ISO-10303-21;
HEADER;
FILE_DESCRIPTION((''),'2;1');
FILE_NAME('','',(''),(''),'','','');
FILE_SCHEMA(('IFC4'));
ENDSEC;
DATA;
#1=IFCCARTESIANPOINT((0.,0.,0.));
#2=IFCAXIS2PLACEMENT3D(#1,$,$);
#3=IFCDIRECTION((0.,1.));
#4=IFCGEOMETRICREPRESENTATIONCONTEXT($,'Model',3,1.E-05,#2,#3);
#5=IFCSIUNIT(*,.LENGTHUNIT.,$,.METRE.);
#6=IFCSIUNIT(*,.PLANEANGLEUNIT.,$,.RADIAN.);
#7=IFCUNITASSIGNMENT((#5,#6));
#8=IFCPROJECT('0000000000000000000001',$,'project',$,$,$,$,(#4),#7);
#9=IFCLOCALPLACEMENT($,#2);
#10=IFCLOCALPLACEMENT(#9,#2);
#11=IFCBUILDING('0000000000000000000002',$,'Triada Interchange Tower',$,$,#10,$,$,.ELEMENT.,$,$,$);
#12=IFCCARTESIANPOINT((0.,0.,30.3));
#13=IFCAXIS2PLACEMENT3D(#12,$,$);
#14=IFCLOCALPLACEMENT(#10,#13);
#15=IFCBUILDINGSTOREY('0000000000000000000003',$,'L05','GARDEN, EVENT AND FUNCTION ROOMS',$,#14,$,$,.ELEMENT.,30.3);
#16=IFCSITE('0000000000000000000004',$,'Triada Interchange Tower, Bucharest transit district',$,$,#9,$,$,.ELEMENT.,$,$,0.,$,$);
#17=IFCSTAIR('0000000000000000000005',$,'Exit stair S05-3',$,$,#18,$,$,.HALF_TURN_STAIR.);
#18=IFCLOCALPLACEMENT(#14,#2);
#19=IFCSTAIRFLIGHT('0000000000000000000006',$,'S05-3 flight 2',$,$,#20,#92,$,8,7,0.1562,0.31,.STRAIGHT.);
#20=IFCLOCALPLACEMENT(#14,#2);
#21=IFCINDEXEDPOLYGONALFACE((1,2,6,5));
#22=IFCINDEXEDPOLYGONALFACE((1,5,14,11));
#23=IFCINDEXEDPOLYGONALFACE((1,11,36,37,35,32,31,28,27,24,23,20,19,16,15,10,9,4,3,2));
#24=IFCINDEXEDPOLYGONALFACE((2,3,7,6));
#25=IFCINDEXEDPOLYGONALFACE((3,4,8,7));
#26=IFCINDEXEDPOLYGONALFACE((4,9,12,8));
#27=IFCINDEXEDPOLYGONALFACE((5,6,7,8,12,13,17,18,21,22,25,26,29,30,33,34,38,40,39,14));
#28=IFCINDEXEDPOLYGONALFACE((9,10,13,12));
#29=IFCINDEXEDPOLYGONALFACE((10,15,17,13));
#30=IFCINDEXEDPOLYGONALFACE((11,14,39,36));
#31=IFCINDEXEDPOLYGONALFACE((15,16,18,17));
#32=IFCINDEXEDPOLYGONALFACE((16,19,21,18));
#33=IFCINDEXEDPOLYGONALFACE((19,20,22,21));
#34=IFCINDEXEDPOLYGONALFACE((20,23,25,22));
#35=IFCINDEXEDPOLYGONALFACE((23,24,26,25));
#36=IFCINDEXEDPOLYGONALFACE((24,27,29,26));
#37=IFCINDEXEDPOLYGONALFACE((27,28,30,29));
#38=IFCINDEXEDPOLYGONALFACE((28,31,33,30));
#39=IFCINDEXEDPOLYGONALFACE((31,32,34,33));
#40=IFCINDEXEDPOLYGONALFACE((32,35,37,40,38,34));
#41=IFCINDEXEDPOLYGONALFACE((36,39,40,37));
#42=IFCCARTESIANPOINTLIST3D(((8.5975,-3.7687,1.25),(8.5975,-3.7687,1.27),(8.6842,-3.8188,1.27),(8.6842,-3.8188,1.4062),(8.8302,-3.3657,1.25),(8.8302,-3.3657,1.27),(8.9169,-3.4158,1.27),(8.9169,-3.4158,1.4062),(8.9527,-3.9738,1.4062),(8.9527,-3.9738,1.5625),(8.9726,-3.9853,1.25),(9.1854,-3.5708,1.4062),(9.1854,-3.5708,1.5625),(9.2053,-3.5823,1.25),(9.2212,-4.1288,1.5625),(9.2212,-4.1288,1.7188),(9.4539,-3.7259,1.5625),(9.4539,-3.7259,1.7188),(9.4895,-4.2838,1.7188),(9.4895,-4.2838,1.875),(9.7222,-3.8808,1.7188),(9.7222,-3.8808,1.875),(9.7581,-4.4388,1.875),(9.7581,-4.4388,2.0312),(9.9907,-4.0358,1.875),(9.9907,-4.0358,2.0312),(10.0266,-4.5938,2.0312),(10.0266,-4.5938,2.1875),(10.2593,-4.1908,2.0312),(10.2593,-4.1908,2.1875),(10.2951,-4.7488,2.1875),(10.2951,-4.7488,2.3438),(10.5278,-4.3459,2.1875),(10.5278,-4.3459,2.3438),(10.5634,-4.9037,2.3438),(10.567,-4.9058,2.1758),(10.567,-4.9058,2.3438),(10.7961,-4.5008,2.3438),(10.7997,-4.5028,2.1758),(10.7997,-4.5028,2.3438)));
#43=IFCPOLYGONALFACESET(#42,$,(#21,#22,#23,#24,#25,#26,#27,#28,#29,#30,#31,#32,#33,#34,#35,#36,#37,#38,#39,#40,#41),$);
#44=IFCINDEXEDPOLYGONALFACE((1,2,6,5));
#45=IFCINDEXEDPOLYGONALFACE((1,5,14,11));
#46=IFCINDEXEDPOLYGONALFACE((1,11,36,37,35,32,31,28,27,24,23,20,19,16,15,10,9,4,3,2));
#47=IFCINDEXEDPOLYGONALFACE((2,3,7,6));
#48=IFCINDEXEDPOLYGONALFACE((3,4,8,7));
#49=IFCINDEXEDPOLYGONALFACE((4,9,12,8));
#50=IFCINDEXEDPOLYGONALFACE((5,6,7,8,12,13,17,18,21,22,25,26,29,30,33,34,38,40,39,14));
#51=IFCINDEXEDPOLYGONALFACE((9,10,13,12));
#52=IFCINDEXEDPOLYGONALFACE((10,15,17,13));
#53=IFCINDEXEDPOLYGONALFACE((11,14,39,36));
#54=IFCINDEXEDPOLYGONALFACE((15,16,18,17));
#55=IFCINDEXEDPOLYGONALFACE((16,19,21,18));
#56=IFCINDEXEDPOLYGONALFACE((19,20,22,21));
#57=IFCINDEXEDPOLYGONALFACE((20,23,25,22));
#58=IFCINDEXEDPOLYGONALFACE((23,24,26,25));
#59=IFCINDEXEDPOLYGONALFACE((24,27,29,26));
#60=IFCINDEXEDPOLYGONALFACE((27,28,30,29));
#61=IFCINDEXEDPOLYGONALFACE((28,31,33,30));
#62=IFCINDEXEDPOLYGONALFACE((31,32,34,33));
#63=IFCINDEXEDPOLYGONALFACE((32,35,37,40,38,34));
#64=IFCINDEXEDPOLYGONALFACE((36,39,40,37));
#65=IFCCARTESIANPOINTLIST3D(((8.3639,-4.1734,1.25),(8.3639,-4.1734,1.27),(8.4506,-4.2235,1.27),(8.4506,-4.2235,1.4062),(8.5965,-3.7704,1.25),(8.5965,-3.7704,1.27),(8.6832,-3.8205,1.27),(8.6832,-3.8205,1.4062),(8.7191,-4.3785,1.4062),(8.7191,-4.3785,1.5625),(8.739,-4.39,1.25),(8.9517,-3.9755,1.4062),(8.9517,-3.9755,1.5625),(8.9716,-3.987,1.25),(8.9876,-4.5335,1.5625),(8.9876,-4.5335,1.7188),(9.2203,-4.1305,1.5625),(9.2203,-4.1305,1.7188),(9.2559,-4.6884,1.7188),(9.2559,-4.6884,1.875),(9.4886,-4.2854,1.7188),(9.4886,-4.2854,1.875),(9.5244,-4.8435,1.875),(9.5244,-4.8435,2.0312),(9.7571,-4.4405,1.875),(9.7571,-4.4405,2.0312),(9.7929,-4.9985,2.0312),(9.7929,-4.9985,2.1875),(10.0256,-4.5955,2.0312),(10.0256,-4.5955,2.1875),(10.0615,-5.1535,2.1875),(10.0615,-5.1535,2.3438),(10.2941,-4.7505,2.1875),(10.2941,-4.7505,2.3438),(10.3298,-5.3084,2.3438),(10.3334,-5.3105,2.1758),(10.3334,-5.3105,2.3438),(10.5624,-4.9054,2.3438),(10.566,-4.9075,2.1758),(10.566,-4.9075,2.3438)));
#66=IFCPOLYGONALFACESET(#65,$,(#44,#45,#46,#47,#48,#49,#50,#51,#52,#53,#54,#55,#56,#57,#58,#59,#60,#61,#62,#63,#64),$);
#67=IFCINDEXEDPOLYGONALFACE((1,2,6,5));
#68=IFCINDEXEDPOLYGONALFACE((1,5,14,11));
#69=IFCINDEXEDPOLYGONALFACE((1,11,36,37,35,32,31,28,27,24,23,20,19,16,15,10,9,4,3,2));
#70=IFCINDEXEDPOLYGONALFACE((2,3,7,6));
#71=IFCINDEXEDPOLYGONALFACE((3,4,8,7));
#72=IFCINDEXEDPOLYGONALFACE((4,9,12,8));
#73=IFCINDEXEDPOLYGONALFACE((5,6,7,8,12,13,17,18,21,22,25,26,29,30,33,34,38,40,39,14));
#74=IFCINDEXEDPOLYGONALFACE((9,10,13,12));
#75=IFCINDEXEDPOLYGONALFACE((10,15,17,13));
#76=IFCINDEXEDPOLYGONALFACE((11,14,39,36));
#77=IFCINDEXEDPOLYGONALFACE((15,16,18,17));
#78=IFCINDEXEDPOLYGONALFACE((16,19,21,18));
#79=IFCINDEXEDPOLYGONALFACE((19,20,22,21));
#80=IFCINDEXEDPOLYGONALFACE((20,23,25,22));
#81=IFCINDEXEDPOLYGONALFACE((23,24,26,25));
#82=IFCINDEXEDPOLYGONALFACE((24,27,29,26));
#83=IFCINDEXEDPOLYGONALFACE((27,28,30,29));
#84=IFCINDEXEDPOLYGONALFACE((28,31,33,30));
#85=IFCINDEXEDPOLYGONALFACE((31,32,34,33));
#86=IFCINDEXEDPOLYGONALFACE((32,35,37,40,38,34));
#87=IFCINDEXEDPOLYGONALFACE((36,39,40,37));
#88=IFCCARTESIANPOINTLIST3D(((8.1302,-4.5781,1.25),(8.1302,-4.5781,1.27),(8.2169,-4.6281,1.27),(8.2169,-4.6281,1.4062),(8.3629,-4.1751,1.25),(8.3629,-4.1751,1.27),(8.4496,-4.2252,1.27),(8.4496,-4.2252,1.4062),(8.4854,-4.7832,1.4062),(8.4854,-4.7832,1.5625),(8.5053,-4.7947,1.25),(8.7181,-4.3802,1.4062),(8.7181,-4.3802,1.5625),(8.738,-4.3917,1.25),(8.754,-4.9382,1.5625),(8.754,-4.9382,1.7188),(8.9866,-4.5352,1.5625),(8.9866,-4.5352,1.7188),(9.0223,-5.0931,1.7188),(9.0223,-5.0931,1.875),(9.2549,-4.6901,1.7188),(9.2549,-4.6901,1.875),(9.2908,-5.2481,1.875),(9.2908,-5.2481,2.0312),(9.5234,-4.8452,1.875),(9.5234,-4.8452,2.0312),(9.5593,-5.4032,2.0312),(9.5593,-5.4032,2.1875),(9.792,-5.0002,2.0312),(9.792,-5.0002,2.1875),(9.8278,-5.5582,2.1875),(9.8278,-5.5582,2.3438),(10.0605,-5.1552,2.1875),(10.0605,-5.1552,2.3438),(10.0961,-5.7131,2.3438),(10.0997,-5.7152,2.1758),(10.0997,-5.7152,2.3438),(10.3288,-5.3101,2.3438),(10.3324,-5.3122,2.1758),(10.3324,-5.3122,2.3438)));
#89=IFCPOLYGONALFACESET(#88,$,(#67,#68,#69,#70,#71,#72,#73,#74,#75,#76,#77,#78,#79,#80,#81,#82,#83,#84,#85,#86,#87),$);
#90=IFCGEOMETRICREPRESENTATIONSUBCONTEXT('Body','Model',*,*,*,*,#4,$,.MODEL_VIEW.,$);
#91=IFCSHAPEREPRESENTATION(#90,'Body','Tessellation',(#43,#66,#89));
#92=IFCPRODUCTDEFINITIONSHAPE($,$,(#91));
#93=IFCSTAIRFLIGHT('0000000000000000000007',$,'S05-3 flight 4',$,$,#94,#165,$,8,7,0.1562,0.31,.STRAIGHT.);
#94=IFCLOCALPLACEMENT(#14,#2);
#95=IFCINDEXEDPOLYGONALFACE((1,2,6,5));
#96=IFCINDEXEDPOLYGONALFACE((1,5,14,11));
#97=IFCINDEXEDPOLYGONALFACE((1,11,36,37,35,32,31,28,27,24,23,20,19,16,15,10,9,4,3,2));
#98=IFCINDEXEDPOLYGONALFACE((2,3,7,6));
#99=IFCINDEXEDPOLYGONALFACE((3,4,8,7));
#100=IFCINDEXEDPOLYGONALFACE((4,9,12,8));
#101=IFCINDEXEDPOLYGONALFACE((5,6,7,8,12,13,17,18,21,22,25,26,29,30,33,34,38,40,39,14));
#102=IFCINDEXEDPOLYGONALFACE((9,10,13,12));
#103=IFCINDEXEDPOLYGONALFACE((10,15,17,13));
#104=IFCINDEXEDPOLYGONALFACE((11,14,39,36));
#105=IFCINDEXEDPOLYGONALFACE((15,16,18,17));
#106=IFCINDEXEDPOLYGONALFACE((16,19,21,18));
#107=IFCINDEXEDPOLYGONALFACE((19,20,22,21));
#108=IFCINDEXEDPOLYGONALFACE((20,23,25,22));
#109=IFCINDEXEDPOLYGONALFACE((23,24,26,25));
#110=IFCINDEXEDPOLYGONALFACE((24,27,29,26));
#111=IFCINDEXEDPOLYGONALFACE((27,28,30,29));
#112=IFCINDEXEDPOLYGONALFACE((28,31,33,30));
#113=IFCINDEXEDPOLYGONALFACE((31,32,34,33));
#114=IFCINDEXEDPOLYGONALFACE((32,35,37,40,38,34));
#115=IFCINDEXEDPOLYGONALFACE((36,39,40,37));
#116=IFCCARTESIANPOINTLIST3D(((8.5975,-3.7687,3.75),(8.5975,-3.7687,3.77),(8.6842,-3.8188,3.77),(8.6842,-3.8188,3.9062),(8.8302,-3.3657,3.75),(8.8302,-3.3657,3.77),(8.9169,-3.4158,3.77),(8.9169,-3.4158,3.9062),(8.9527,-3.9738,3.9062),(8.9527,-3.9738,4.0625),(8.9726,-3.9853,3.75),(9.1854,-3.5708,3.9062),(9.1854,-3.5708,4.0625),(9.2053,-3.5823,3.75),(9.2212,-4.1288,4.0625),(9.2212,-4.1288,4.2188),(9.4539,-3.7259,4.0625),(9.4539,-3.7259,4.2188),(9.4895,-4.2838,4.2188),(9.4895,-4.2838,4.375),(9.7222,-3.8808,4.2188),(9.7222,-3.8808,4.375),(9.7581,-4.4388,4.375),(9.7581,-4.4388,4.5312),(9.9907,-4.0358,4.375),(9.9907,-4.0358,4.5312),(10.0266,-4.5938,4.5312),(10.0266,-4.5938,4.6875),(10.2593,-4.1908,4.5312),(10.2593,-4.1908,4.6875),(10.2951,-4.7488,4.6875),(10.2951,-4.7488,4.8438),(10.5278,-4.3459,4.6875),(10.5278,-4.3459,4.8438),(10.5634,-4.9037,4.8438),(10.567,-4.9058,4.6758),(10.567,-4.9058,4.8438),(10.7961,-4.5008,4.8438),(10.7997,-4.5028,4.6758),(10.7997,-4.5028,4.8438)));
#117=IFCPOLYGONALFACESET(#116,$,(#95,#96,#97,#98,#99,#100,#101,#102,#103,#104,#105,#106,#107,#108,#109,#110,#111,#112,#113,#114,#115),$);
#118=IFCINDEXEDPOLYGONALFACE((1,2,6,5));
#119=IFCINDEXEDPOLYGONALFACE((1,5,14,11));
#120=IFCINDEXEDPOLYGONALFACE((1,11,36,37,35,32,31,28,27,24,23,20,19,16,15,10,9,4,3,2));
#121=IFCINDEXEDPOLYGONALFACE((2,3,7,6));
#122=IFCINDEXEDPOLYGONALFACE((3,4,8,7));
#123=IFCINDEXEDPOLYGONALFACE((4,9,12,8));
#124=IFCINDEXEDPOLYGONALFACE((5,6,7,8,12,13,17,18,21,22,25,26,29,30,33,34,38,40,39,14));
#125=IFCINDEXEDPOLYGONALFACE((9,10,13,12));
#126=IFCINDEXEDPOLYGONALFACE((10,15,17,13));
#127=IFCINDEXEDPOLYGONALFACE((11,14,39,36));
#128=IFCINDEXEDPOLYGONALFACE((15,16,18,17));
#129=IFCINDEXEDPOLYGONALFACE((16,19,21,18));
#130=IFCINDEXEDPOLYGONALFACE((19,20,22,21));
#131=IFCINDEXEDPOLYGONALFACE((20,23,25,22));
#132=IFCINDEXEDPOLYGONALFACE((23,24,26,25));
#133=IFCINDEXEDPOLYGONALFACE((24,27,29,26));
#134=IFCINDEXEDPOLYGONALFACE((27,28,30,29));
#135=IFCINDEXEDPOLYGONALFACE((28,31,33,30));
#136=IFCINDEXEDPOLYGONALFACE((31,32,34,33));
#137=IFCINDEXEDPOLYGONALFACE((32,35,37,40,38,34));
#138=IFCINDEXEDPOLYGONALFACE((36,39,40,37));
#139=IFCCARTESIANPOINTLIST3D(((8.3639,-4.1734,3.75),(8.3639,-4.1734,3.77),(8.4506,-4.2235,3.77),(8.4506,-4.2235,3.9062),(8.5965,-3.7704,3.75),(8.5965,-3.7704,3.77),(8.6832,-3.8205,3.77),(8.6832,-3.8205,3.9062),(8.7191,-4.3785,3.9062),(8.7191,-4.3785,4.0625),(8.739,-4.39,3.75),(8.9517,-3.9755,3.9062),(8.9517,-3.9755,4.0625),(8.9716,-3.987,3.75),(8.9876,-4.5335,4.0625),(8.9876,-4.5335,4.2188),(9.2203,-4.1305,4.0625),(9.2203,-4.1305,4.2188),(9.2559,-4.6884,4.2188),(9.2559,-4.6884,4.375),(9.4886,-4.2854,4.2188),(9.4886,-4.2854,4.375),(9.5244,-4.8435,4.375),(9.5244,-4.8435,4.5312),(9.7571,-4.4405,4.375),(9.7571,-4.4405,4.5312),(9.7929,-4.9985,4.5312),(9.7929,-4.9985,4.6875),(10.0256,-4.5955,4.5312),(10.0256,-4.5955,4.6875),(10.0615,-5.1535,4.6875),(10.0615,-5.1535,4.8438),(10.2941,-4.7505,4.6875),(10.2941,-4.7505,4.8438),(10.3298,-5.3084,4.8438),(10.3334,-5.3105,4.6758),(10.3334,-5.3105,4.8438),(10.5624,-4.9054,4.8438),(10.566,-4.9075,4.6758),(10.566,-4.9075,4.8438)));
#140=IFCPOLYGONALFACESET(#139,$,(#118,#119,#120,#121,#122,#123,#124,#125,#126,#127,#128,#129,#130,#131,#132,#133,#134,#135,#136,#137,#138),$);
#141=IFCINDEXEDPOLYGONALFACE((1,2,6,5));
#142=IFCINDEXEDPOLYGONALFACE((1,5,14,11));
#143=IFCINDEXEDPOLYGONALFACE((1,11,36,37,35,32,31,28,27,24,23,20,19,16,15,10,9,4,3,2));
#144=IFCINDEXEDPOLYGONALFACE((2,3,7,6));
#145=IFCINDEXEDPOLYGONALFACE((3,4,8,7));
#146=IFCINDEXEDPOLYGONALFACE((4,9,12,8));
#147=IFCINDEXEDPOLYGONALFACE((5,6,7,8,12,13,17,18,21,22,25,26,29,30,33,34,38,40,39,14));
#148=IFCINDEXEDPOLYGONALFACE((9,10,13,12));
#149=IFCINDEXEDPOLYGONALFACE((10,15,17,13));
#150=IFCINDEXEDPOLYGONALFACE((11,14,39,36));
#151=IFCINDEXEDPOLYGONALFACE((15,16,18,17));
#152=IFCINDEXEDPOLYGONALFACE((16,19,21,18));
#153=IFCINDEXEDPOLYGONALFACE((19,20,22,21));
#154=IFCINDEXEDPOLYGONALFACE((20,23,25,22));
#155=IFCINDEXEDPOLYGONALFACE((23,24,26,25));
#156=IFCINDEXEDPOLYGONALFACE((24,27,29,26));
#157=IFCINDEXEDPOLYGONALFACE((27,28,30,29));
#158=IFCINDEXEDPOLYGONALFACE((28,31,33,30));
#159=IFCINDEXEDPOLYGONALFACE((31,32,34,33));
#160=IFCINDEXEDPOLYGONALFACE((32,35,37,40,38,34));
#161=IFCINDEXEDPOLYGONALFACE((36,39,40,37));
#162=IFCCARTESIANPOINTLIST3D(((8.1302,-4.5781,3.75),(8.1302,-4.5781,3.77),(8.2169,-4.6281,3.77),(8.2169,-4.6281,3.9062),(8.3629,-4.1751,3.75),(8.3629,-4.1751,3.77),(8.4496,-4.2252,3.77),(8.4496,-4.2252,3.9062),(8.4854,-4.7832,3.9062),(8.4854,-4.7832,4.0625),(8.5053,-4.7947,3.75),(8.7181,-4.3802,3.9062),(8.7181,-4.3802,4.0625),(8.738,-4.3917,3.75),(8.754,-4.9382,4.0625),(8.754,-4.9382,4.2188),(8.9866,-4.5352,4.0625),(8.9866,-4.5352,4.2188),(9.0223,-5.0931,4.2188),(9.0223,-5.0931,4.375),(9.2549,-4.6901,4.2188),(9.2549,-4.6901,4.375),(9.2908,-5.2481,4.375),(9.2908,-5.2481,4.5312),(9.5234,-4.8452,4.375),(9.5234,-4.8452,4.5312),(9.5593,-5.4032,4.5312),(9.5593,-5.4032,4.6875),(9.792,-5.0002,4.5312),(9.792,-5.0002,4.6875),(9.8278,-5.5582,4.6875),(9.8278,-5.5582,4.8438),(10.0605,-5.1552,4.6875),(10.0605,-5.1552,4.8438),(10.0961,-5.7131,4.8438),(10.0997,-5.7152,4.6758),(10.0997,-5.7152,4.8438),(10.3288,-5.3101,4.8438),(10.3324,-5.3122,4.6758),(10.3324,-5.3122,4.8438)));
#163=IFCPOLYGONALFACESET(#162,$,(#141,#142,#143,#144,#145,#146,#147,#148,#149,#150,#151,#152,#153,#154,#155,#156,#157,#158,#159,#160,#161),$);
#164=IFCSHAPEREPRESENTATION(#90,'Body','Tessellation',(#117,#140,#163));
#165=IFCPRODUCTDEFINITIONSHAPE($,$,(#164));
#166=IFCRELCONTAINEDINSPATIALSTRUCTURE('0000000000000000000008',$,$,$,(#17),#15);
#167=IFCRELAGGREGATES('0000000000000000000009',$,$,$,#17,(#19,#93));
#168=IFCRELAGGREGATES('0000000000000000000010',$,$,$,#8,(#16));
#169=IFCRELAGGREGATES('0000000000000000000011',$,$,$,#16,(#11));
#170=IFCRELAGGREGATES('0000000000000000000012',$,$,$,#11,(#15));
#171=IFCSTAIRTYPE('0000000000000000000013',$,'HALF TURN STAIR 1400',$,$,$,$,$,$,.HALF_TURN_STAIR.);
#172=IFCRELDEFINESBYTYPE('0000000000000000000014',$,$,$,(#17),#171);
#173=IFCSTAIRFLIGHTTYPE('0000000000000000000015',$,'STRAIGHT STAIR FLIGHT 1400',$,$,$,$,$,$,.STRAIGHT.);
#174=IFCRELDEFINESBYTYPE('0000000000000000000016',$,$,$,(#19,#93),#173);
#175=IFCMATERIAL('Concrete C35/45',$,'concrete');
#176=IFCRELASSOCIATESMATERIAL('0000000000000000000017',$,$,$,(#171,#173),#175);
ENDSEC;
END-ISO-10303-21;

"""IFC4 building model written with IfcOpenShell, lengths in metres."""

from ifc_helpers import new_model, si_unit, direction, frame, origin, place, context, subcontext, project, spatial, polyline, outline, extrude, material, type_object, element, aggregate, save


model = new_model("IFC4")

# Units and contexts
model_context = context("Model", 3, precision=1e-05, world=origin(), true_north=direction((0.0, 1.0)))
body_context = subcontext(model_context, "Body", "Model", "MODEL_VIEW")
ifc_project = project(units=[si_unit("LENGTHUNIT", "METRE"), si_unit("PLANEANGLEUNIT", "RADIAN")], contexts=[model_context])

# Site, building, storey
site_placement = place(None, origin())
site = spatial("IfcSite", under=ifc_project, at=site_placement, Name="Triada Interchange Tower, Bucharest transit district", CompositionType="ELEMENT", RefElevation=0.0)
building_placement = place(site_placement, origin())
building = spatial("IfcBuilding", under=site, at=building_placement, Name="Triada Interchange Tower", CompositionType="ELEMENT")
storey_placement = place(building_placement, frame((0.0, 0.0, 30.3)))
storey = spatial("IfcBuildingStorey", under=building, at=storey_placement, Name="L05", Description="GARDEN, EVENT AND FUNCTION ROOMS", CompositionType="ELEMENT", Elevation=30.3)

# Stair, stair flights
ifc_material_1 = material(Name="Concrete C35/45", Category="concrete")
stair_type = type_object("IfcStairType", Name="HALF TURN STAIR 1400", PredefinedType="HALF_TURN_STAIR", material=ifc_material_1)
stair_placement = place(storey_placement, origin())
stair = element("IfcStair", 1, at=stair_placement, inside=storey, type_object=stair_type, Name="Exit stair S05-3", PredefinedType="HALF_TURN_STAIR")
stair_flight_type = type_object("IfcStairFlightType", Name="STRAIGHT STAIR FLIGHT 1400", PredefinedType="STRAIGHT", material=ifc_material_1)
stair_flight_1_placement = place(storey_placement, frame((8.5669, -4.022, 1.25), z_axis=(0.0, 0.0, 1.0), x_axis=(0.866025, -0.5, 0.0)))
stair_flight_1 = element("IfcStairFlight", 2, at=stair_flight_1_placement, type_object=stair_flight_type, Name="S05-3 flight 2", NumberOfRisers=8, NumberOfTreads=7, PredefinedType="STRAIGHT", RiserHeight=0.1562, TreadLength=0.31, context=body_context, shape_type="SweptSolid", body=[
    extrude(outline(polyline([(-0.1001, 0.0), (-0.1001, 0.02), (0.0, 0.02), (0.0, 0.1562), (0.3101, 0.1562), (0.3101, 0.3125), (0.6201, 0.3125), (0.6201, 0.4688), (0.9299, 0.4688), (0.9299, 0.625), (1.24, 0.625), (1.24, 0.7812), (1.55, 0.7812), (1.55, 0.9375), (1.8601, 0.9375), (1.8601, 1.0938), (2.1699, 1.0938), (2.1741, 1.0938), (2.1741, 1.25), (2.1741, 0.9258), (0.333, 0.0), (-0.1001, 0.0)])), frame((0.0, 0.7, 0.0), z_axis=(0.0, -1.0, 0.0), x_axis=(1.0, 0.0, 0.0)), (0.0, 0.0, 1.0), 0.4653),
    extrude(outline(polyline([(-0.1001, 0.0), (-0.1001, 0.02), (0.0, 0.02), (0.0, 0.1562), (0.3101, 0.1562), (0.3101, 0.3125), (0.6201, 0.3125), (0.6201, 0.4688), (0.9299, 0.4688), (0.9299, 0.625), (1.24, 0.625), (1.24, 0.7812), (1.55, 0.7812), (1.55, 0.9375), (1.8601, 0.9375), (1.8601, 1.0938), (2.1699, 1.0938), (2.1741, 1.0938), (2.1741, 1.25), (2.1741, 0.9258), (0.333, 0.0), (-0.1001, 0.0)])), frame((0.0, 0.2327, 0.0), z_axis=(0.0, -1.0, 0.0), x_axis=(1.0, 0.0, 0.0)), (0.0, 0.0, 1.0), 0.4653),
    extrude(outline(polyline([(-0.1001, 0.0), (-0.1001, 0.02), (0.0, 0.02), (0.0, 0.1562), (0.3101, 0.1562), (0.3101, 0.3125), (0.6201, 0.3125), (0.6201, 0.4688), (0.9299, 0.4688), (0.9299, 0.625), (1.24, 0.625), (1.24, 0.7812), (1.55, 0.7812), (1.55, 0.9375), (1.8601, 0.9375), (1.8601, 1.0938), (2.1699, 1.0938), (2.1741, 1.0938), (2.1741, 1.25), (2.1741, 0.9258), (0.333, 0.0), (-0.1001, 0.0)])), frame((0.0, -0.2346, 0.0), z_axis=(0.0, -1.0, 0.0), x_axis=(1.0, 0.0, 0.0)), (0.0, 0.0, 1.0), 0.4653),
])
stair_flight_2_placement = place(storey_placement, frame((8.5669, -4.022, 3.75), z_axis=(0.0, 0.0, 1.0), x_axis=(0.866025, -0.5, 0.0)))
stair_flight_2 = element("IfcStairFlight", 3, at=stair_flight_2_placement, type_object=stair_flight_type, Name="S05-3 flight 4", NumberOfRisers=8, NumberOfTreads=7, PredefinedType="STRAIGHT", RiserHeight=0.1562, TreadLength=0.31, context=body_context, shape_type="SweptSolid", body=[
    extrude(outline(polyline([(-0.1001, 0.0), (-0.1001, 0.02), (0.0, 0.02), (0.0, 0.1562), (0.3101, 0.1562), (0.3101, 0.3125), (0.6201, 0.3125), (0.6201, 0.4688), (0.9299, 0.4688), (0.9299, 0.625), (1.24, 0.625), (1.24, 0.7812), (1.55, 0.7812), (1.55, 0.9375), (1.8601, 0.9375), (1.8601, 1.0938), (2.1699, 1.0938), (2.1741, 1.0938), (2.1741, 1.25), (2.1741, 0.9258), (0.333, 0.0), (-0.1001, 0.0)])), frame((0.0, 0.7, 0.0), z_axis=(0.0, -1.0, 0.0), x_axis=(1.0, 0.0, 0.0)), (0.0, 0.0, 1.0), 0.4653),
    extrude(outline(polyline([(-0.1001, 0.0), (-0.1001, 0.02), (0.0, 0.02), (0.0, 0.1562), (0.3101, 0.1562), (0.3101, 0.3125), (0.6201, 0.3125), (0.6201, 0.4688), (0.9299, 0.4688), (0.9299, 0.625), (1.24, 0.625), (1.24, 0.7812), (1.55, 0.7812), (1.55, 0.9375), (1.8601, 0.9375), (1.8601, 1.0938), (2.1699, 1.0938), (2.1741, 1.0938), (2.1741, 1.25), (2.1741, 0.9258), (0.333, 0.0), (-0.1001, 0.0)])), frame((0.0, 0.2327, 0.0), z_axis=(0.0, -1.0, 0.0), x_axis=(1.0, 0.0, 0.0)), (0.0, 0.0, 1.0), 0.4653),
    extrude(outline(polyline([(-0.1001, 0.0), (-0.1001, 0.02), (0.0, 0.02), (0.0, 0.1562), (0.3101, 0.1562), (0.3101, 0.3125), (0.6201, 0.3125), (0.6201, 0.4688), (0.9299, 0.4688), (0.9299, 0.625), (1.24, 0.625), (1.24, 0.7812), (1.55, 0.7812), (1.55, 0.9375), (1.8601, 0.9375), (1.8601, 1.0938), (2.1699, 1.0938), (2.1741, 1.0938), (2.1741, 1.25), (2.1741, 0.9258), (0.333, 0.0), (-0.1001, 0.0)])), frame((0.0, -0.2346, 0.0), z_axis=(0.0, -1.0, 0.0), x_axis=(1.0, 0.0, 0.0)), (0.0, 0.0, 1.0), 0.4653),
])
aggregate(stair, [stair_flight_1, stair_flight_2])

save(model, "model.ifc")
